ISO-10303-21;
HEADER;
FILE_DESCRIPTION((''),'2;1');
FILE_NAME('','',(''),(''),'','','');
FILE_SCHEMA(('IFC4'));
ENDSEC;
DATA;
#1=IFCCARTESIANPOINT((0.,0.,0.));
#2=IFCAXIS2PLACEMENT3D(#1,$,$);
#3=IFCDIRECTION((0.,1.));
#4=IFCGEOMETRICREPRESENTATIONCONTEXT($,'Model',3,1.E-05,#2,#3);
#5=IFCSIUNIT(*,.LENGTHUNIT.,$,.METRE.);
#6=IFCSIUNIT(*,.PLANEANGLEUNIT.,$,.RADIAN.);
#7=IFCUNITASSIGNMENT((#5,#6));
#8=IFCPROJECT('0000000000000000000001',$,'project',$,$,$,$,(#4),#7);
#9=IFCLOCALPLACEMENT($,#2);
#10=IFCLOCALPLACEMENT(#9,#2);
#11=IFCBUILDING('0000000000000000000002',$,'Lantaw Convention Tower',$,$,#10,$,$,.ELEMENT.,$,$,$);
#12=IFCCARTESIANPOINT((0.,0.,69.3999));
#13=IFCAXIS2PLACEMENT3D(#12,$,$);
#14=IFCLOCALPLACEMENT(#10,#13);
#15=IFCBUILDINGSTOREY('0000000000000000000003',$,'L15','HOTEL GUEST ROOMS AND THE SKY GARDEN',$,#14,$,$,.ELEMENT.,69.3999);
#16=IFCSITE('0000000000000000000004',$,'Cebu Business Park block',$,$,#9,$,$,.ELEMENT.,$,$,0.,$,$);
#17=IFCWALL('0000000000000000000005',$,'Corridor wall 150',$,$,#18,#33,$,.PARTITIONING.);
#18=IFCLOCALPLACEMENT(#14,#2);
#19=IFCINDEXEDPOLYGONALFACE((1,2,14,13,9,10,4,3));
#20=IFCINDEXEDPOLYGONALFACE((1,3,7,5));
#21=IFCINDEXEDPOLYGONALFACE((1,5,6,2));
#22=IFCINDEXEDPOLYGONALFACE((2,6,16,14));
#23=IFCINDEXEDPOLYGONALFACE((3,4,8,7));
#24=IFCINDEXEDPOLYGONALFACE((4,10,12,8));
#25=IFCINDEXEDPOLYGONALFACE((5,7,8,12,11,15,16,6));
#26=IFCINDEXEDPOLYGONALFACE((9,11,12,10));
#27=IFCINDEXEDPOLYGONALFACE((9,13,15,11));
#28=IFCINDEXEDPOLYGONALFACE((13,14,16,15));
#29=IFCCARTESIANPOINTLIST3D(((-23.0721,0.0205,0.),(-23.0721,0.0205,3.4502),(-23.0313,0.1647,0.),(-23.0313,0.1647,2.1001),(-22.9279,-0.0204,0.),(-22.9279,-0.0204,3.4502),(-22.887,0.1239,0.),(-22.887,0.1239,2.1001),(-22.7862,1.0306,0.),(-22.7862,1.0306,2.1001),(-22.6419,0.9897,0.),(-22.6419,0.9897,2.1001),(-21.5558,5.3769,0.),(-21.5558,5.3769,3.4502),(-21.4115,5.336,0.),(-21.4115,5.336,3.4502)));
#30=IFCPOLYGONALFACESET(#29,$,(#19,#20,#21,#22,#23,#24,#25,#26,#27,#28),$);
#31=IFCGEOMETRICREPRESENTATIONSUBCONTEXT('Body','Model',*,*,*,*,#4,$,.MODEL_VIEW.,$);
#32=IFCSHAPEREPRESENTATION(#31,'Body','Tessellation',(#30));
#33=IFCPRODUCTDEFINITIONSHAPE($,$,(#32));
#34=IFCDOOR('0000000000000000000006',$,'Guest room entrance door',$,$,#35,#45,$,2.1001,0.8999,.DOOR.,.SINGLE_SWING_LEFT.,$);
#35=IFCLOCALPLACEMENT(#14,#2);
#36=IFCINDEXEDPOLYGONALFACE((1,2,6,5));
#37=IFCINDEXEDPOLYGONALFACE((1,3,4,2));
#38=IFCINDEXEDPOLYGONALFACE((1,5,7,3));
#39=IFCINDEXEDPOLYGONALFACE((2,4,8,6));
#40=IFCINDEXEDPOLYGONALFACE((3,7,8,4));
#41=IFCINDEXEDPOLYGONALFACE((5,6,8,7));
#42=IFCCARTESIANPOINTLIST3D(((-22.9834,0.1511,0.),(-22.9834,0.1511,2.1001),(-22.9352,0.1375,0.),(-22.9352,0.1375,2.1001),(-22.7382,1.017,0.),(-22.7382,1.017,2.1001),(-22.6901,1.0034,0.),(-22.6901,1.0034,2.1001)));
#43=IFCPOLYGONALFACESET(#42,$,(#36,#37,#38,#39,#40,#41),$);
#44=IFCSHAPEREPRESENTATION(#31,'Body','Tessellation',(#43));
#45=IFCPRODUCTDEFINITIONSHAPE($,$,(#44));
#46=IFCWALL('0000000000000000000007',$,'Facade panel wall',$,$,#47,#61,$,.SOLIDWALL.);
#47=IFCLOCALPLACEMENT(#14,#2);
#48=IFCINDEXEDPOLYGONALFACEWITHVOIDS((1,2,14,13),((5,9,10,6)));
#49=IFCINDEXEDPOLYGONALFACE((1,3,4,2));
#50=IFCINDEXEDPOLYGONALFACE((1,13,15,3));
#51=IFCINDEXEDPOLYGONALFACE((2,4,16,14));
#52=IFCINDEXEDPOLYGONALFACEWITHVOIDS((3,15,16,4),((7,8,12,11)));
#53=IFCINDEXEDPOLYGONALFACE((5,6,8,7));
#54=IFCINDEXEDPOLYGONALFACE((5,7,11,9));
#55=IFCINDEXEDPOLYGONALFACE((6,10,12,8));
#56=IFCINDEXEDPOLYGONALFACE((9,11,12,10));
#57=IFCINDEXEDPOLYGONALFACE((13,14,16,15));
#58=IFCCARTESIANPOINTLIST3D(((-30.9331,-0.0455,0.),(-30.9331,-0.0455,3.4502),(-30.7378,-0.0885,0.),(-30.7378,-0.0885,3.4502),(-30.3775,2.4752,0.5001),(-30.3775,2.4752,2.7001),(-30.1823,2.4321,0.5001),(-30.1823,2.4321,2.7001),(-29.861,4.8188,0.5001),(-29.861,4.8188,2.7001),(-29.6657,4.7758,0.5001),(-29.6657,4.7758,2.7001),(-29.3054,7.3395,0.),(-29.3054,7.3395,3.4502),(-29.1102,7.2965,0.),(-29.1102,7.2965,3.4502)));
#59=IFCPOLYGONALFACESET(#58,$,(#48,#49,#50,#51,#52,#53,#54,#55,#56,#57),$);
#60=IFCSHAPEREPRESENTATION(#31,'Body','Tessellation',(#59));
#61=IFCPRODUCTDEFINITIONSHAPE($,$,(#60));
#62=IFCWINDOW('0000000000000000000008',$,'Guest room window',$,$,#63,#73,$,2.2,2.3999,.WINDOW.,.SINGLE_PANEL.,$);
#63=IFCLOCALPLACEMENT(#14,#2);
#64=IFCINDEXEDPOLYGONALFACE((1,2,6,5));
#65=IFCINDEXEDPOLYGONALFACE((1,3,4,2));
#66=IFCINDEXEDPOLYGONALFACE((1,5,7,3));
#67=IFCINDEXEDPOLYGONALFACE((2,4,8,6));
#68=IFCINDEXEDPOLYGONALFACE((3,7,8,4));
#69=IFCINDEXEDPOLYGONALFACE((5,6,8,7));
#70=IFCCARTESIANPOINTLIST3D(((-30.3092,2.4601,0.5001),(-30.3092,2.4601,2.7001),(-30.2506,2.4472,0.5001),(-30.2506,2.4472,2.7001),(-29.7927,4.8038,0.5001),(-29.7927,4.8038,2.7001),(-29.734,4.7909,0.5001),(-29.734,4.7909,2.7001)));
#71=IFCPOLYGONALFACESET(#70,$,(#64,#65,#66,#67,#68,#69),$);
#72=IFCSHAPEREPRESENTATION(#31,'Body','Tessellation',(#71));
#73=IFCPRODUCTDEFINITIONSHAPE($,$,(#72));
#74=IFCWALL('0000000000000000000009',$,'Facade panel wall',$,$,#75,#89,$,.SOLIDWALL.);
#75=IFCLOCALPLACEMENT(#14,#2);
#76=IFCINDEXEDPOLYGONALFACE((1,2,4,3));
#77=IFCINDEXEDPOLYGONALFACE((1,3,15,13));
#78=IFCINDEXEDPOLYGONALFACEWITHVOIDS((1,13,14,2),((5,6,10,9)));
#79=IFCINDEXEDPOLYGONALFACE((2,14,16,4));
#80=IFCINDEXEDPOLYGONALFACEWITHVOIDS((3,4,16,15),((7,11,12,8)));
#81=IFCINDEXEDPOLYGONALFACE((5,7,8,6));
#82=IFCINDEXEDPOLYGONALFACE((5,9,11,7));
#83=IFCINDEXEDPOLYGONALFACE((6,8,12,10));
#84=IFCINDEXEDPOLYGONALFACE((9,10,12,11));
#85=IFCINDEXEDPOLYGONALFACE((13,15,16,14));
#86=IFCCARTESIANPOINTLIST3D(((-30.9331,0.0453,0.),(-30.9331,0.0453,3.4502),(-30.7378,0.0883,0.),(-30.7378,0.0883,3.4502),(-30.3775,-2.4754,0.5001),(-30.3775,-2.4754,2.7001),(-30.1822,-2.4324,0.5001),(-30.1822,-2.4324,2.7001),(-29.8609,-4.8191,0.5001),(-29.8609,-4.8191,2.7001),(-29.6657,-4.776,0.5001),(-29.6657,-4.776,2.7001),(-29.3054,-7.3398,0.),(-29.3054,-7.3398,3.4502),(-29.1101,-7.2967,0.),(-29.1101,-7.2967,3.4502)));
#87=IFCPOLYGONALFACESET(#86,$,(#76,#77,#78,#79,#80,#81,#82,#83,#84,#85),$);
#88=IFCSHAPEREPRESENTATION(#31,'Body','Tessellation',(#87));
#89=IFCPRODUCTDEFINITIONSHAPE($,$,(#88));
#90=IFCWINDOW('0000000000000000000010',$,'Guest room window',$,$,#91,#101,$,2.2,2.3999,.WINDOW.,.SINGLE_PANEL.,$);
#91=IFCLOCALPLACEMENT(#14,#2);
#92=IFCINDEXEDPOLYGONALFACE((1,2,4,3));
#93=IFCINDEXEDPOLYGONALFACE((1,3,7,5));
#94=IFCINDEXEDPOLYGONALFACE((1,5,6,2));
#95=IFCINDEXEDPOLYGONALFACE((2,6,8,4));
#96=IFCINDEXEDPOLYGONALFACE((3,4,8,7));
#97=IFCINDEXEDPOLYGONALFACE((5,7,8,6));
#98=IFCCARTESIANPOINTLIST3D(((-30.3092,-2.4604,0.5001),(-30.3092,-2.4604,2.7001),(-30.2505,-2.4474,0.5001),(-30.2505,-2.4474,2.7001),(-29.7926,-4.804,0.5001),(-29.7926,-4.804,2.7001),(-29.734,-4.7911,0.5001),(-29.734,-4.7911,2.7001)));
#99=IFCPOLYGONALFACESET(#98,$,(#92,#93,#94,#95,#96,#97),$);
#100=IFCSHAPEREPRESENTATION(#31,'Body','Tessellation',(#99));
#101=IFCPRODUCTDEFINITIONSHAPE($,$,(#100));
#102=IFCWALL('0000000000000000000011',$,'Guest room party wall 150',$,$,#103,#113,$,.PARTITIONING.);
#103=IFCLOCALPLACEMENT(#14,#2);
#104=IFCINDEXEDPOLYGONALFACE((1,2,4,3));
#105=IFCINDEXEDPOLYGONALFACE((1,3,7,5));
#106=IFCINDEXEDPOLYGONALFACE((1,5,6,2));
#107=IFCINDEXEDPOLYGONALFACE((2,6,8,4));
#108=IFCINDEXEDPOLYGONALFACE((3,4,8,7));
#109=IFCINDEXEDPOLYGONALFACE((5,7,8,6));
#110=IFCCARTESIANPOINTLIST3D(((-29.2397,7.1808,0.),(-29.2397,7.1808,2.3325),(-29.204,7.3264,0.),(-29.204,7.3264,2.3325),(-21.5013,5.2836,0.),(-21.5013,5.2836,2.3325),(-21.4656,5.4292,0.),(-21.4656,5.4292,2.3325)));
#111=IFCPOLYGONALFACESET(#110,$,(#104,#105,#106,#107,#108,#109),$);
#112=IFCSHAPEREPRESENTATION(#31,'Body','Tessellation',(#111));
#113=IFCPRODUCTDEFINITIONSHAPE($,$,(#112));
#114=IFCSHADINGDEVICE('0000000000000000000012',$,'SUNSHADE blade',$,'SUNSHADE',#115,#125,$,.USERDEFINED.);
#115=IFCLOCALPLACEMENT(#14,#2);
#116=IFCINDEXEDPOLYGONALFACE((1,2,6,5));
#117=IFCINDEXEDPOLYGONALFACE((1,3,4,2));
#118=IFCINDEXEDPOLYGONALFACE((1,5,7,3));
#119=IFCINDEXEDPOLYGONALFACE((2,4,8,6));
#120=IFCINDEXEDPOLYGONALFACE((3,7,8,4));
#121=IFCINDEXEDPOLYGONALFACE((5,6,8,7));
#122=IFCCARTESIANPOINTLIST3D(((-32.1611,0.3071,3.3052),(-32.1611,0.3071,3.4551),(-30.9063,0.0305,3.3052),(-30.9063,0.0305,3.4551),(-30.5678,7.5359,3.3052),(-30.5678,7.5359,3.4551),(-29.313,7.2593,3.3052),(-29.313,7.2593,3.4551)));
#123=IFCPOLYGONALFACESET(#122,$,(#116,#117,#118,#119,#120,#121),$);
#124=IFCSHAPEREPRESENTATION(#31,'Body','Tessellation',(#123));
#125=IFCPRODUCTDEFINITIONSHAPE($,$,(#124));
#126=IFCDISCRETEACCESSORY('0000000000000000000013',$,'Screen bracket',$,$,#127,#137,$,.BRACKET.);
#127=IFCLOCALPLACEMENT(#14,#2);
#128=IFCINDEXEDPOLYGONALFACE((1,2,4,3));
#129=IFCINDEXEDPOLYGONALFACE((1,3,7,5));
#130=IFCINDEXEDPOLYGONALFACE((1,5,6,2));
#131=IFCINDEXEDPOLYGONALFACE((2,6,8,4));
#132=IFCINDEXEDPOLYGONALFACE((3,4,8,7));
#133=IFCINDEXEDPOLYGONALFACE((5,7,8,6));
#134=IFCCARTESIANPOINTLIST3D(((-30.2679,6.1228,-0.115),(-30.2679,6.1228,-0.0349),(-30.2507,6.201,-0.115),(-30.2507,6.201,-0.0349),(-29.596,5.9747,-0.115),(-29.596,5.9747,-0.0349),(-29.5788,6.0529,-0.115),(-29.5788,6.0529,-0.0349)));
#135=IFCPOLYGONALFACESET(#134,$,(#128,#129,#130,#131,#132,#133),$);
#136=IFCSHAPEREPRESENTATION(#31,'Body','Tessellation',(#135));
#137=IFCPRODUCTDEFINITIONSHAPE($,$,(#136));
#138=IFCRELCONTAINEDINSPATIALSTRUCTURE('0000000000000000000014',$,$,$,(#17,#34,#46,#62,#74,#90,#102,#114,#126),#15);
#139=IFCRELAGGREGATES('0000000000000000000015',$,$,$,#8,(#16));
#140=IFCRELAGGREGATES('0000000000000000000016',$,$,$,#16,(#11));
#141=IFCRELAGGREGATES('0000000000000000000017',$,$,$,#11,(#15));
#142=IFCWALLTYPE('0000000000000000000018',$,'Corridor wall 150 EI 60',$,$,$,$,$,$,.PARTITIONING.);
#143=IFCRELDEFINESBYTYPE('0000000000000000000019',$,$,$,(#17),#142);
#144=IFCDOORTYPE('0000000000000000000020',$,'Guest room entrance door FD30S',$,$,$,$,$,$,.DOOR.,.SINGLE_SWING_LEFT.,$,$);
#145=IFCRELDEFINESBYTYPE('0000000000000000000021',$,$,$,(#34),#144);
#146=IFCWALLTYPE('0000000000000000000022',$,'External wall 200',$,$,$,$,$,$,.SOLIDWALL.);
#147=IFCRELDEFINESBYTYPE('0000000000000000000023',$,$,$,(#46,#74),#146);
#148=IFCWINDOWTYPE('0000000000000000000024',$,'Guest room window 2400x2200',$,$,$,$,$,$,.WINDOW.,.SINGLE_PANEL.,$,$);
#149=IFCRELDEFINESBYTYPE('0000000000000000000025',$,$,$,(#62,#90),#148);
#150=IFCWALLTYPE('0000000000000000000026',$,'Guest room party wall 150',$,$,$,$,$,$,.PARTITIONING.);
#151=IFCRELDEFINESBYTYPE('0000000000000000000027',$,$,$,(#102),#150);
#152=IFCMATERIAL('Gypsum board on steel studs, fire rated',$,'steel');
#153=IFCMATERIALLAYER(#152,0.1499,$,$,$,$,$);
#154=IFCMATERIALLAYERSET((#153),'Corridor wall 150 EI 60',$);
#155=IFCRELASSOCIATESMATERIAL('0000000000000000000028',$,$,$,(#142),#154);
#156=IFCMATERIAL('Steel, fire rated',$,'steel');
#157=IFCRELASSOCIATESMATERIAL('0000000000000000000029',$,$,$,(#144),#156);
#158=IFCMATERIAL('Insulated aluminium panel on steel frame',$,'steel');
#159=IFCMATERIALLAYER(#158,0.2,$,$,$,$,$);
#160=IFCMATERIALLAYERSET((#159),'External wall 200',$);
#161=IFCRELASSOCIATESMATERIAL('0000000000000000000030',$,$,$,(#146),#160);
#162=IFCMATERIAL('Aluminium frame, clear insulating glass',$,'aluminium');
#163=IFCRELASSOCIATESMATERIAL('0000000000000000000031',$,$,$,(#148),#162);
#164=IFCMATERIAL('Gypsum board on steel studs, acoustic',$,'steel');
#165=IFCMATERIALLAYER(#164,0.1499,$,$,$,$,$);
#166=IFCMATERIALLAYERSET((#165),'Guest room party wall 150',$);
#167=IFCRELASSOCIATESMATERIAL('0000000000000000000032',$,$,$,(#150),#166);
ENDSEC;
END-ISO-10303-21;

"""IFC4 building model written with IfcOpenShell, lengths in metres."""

from ifc_helpers import new_model, si_unit, direction, frame, frame_2d, origin, origin_2d, place, context, subcontext, project, spatial, rectangle, extrude, material, layer, layer_set, type_object, element, fill, save


model = new_model("IFC4")

# Units and contexts
model_context = context("Model", 3, precision=1e-05, world=origin(), true_north=direction((0.0, 1.0)))
body_context = subcontext(model_context, "Body", "Model", "MODEL_VIEW")
ifc_project = project(units=[si_unit("LENGTHUNIT", "METRE"), si_unit("PLANEANGLEUNIT", "RADIAN")], contexts=[model_context])

# Site, building, storey
site_placement = place(None, origin())
site = spatial("IfcSite", under=ifc_project, at=site_placement, Name="Cebu Business Park block", CompositionType="ELEMENT", RefElevation=0.0)
building_placement = place(site_placement, origin())
building = spatial("IfcBuilding", under=site, at=building_placement, Name="Lantaw Convention Tower", CompositionType="ELEMENT")
storey_placement = place(building_placement, frame((0.0, 0.0, 69.3999)))
storey = spatial("IfcBuildingStorey", under=building, at=storey_placement, Name="L15", Description="HOTEL GUEST ROOMS AND THE SKY GARDEN", CompositionType="ELEMENT", Elevation=69.3999)

# Wall, opening, door
ifc_material_1 = material(Name="Gypsum board on steel studs, fire rated", Category="steel")
ifc_layer_1 = layer(ifc_material_1, 0.1499)
ifc_layer_set_1 = layer_set([ifc_layer_1], Name="Corridor wall 150 EI 60")
wall_type_1 = type_object("IfcWallType", Name="Corridor wall 150 EI 60", PredefinedType="PARTITIONING", material=ifc_layer_set_1)
wall_1_placement = place(storey_placement, frame((-21.4836, 5.3564, 0.0), z_axis=(0.0, 0.0, 1.0), x_axis=(-0.272386, -0.962188, 0.0)))
wall_1 = element("IfcWall", 1, at=wall_1_placement, inside=storey, type_object=wall_type_1, Name="Corridor wall 150", PredefinedType="PARTITIONING", context=body_context, shape_type="SweptSolid", body=[
    extrude(rectangle(XDim=5.5669, YDim=0.1499, at=frame_2d((2.7834, 0.0))), origin(), (0.0, 0.0, 1.0), 3.4502),
])
opening_1_placement = place(wall_1_placement, frame((4.5171, 0.0, 0.0)))
opening_1 = element("IfcOpeningElement", 2, at=opening_1_placement, cuts=wall_1, PredefinedType="OPENING", context=body_context, shape_type="SweptSolid", body=[
    extrude(rectangle(XDim=0.8999, YDim=2.1001, at=frame_2d((0.45, 1.05))), frame((0.0, 0.085, 0.0), z_axis=(0.0, -1.0, 0.0), x_axis=(1.0, 0.0, 0.0)), (0.0, 0.0, 1.0), 0.1699),
])
ifc_material_2 = material(Name="Steel, fire rated", Category="steel")
door_type_1 = type_object("IfcDoorType", Name="Guest room entrance door FD30S", OperationType="SINGLE_SWING_LEFT", PredefinedType="DOOR", material=ifc_material_2)
door_1_placement = place(opening_1_placement, origin())
door_1 = element("IfcDoor", 3, at=door_1_placement, inside=storey, type_object=door_type_1, Name="Guest room entrance door", OperationType="SINGLE_SWING_LEFT", OverallHeight=2.1001, OverallWidth=0.8999, PredefinedType="DOOR", context=body_context, shape_type="SweptSolid", body=[
    extrude(rectangle(XDim=0.8999, YDim=2.1001, at=frame_2d((0.45, 1.05))), frame((0.0, 0.0249, 0.0), z_axis=(0.0, -1.0, 0.0), x_axis=(1.0, 0.0, 0.0)), (0.0, 0.0, 1.0), 0.05),
])
fill(opening_1, door_1)

# Walls, openings, windows
ifc_material_3 = material(Name="Insulated aluminium panel on steel frame", Category="steel")
ifc_layer_2 = layer(ifc_material_3, 0.2)
ifc_layer_set_2 = layer_set([ifc_layer_2], Name="External wall 200")
wall_type_2 = type_object("IfcWallType", Name="External wall 200", PredefinedType="SOLIDWALL", material=ifc_layer_set_2)
wall_2_placement = place(storey_placement, frame((-29.2078, 7.3181, 0.0), z_axis=(0.0, 0.0, 1.0), x_axis=(-0.215238, -0.976562, 0.0)))
wall_2 = element("IfcWall", 4, at=wall_2_placement, inside=storey, type_object=wall_type_2, Name="Facade panel wall", PredefinedType="SOLIDWALL", context=body_context, shape_type="SweptSolid", body=[
    extrude(rectangle(XDim=7.5623, YDim=0.2, at=frame_2d((3.7812, 0.0))), origin(), (0.0, 0.0, 1.0), 3.4502),
])
opening_2_placement = place(wall_2_placement, frame((2.5813, 0.0, 0.5)))
opening_2 = element("IfcOpeningElement", 5, at=opening_2_placement, cuts=wall_2, PredefinedType="OPENING", context=body_context, shape_type="SweptSolid", body=[
    extrude(rectangle(XDim=2.3999, YDim=2.2, at=frame_2d((1.2, 1.1001))), frame((0.0, 0.1099, 0.0), z_axis=(0.0, -1.0, 0.0), x_axis=(1.0, 0.0, 0.0)), (0.0, 0.0, 1.0), 0.22),
])
ifc_material_4 = material(Name="Aluminium frame, clear insulating glass", Category="aluminium")
window_type = type_object("IfcWindowType", Name="Guest room window 2400x2200", PartitioningType="SINGLE_PANEL", PredefinedType="WINDOW", material=ifc_material_4)
window_1_placement = place(opening_2_placement, origin())
window_1 = element("IfcWindow", 6, at=window_1_placement, inside=storey, type_object=window_type, Name="Guest room window", OverallHeight=2.2, OverallWidth=2.3999, PartitioningType="SINGLE_PANEL", PredefinedType="WINDOW", context=body_context, shape_type="SweptSolid", body=[
    extrude(rectangle(XDim=2.3999, YDim=2.2, at=frame_2d((1.2, 1.1001))), frame((0.0, 0.03, 0.0), z_axis=(0.0, -1.0, 0.0), x_axis=(1.0, 0.0, 0.0)), (0.0, 0.0, 1.0), 0.0601),
])
fill(opening_2, window_1)
wall_3_placement = place(storey_placement, frame((-30.8354, 0.0669, 0.0), z_axis=(0.0, 0.0, 1.0), x_axis=(0.215238, -0.976562, 0.0)))
wall_3 = element("IfcWall", 7, at=wall_3_placement, inside=storey, type_object=wall_type_2, Name="Facade panel wall", PredefinedType="SOLIDWALL", context=body_context, shape_type="SweptSolid", body=[
    extrude(rectangle(XDim=7.5623, YDim=0.2, at=frame_2d((3.7812, 0.0))), origin(), (0.0, 0.0, 1.0), 3.4502),
])
opening_3_placement = place(wall_3_placement, frame((2.5813, 0.0, 0.5)))
opening_3 = element("IfcOpeningElement", 8, at=opening_3_placement, cuts=wall_3, PredefinedType="OPENING", context=body_context, shape_type="SweptSolid", body=[
    extrude(rectangle(XDim=2.3999, YDim=2.2, at=frame_2d((1.2, 1.1001))), frame((0.0, 0.1099, 0.0), z_axis=(0.0, -1.0, 0.0), x_axis=(1.0, 0.0, 0.0)), (0.0, 0.0, 1.0), 0.22),
])
window_2_placement = place(opening_3_placement, origin())
window_2 = element("IfcWindow", 9, at=window_2_placement, inside=storey, type_object=window_type, Name="Guest room window", OverallHeight=2.2, OverallWidth=2.3999, PartitioningType="SINGLE_PANEL", PredefinedType="WINDOW", context=body_context, shape_type="SweptSolid", body=[
    extrude(rectangle(XDim=2.3999, YDim=2.2, at=frame_2d((1.2, 1.1001))), frame((0.0, 0.03, 0.0), z_axis=(0.0, -1.0, 0.0), x_axis=(1.0, 0.0, 0.0)), (0.0, 0.0, 1.0), 0.0601),
])
fill(opening_3, window_2)

# Wall
ifc_material_5 = material(Name="Gypsum board on steel studs, acoustic", Category="steel")
ifc_layer_3 = layer(ifc_material_5, 0.1499)
ifc_layer_set_3 = layer_set([ifc_layer_3], Name="Guest room party wall 150")
wall_type_3 = type_object("IfcWallType", Name="Guest room party wall 150", PredefinedType="PARTITIONING", material=ifc_layer_set_3)
wall_4_placement = place(storey_placement, frame((-29.2219, 7.2537, 0.0), z_axis=(0.0, 0.0, 1.0), x_axis=(0.971236, -0.238121, 0.0)))
element("IfcWall", 10, at=wall_4_placement, inside=storey, type_object=wall_type_3, Name="Guest room party wall 150", PredefinedType="PARTITIONING", context=body_context, shape_type="SweptSolid", body=[
    extrude(rectangle(XDim=7.9675, YDim=0.1499, at=frame_2d((3.9839, 0.0))), origin(), (0.0, 0.0, 1.0), 2.3325),
])

# Shading device
shading_device_placement = place(storey_placement, frame((-30.7371, 3.7832, 3.3052), z_axis=(0.0, 0.0, 1.0), x_axis=(-0.215246, -0.97656, 0.0)))
element("IfcShadingDevice", 11, at=shading_device_placement, inside=storey, Name="SUNSHADE blade", ObjectType="SUNSHADE", PredefinedType="USERDEFINED", context=body_context, shape_type="SweptSolid", body=[
    extrude(rectangle(XDim=7.4023, YDim=1.2849, at=origin_2d()), origin(), (0.0, 0.0, 1.0), 0.1499),
])

# Discrete accessory
discrete_accessory_placement = place(storey_placement, frame((-29.9233, 6.0879, -0.115), z_axis=(0.0, 0.0, 1.0), x_axis=(-0.215246, -0.97656, 0.0)))
element("IfcDiscreteAccessory", 12, at=discrete_accessory_placement, inside=storey, Name="Screen bracket", PredefinedType="BRACKET", context=body_context, shape_type="SweptSolid", body=[
    extrude(rectangle(XDim=0.0801, YDim=0.688, at=origin_2d()), origin(), (0.0, 0.0, 1.0), 0.0801),
])

save(model, "model.ifc")
